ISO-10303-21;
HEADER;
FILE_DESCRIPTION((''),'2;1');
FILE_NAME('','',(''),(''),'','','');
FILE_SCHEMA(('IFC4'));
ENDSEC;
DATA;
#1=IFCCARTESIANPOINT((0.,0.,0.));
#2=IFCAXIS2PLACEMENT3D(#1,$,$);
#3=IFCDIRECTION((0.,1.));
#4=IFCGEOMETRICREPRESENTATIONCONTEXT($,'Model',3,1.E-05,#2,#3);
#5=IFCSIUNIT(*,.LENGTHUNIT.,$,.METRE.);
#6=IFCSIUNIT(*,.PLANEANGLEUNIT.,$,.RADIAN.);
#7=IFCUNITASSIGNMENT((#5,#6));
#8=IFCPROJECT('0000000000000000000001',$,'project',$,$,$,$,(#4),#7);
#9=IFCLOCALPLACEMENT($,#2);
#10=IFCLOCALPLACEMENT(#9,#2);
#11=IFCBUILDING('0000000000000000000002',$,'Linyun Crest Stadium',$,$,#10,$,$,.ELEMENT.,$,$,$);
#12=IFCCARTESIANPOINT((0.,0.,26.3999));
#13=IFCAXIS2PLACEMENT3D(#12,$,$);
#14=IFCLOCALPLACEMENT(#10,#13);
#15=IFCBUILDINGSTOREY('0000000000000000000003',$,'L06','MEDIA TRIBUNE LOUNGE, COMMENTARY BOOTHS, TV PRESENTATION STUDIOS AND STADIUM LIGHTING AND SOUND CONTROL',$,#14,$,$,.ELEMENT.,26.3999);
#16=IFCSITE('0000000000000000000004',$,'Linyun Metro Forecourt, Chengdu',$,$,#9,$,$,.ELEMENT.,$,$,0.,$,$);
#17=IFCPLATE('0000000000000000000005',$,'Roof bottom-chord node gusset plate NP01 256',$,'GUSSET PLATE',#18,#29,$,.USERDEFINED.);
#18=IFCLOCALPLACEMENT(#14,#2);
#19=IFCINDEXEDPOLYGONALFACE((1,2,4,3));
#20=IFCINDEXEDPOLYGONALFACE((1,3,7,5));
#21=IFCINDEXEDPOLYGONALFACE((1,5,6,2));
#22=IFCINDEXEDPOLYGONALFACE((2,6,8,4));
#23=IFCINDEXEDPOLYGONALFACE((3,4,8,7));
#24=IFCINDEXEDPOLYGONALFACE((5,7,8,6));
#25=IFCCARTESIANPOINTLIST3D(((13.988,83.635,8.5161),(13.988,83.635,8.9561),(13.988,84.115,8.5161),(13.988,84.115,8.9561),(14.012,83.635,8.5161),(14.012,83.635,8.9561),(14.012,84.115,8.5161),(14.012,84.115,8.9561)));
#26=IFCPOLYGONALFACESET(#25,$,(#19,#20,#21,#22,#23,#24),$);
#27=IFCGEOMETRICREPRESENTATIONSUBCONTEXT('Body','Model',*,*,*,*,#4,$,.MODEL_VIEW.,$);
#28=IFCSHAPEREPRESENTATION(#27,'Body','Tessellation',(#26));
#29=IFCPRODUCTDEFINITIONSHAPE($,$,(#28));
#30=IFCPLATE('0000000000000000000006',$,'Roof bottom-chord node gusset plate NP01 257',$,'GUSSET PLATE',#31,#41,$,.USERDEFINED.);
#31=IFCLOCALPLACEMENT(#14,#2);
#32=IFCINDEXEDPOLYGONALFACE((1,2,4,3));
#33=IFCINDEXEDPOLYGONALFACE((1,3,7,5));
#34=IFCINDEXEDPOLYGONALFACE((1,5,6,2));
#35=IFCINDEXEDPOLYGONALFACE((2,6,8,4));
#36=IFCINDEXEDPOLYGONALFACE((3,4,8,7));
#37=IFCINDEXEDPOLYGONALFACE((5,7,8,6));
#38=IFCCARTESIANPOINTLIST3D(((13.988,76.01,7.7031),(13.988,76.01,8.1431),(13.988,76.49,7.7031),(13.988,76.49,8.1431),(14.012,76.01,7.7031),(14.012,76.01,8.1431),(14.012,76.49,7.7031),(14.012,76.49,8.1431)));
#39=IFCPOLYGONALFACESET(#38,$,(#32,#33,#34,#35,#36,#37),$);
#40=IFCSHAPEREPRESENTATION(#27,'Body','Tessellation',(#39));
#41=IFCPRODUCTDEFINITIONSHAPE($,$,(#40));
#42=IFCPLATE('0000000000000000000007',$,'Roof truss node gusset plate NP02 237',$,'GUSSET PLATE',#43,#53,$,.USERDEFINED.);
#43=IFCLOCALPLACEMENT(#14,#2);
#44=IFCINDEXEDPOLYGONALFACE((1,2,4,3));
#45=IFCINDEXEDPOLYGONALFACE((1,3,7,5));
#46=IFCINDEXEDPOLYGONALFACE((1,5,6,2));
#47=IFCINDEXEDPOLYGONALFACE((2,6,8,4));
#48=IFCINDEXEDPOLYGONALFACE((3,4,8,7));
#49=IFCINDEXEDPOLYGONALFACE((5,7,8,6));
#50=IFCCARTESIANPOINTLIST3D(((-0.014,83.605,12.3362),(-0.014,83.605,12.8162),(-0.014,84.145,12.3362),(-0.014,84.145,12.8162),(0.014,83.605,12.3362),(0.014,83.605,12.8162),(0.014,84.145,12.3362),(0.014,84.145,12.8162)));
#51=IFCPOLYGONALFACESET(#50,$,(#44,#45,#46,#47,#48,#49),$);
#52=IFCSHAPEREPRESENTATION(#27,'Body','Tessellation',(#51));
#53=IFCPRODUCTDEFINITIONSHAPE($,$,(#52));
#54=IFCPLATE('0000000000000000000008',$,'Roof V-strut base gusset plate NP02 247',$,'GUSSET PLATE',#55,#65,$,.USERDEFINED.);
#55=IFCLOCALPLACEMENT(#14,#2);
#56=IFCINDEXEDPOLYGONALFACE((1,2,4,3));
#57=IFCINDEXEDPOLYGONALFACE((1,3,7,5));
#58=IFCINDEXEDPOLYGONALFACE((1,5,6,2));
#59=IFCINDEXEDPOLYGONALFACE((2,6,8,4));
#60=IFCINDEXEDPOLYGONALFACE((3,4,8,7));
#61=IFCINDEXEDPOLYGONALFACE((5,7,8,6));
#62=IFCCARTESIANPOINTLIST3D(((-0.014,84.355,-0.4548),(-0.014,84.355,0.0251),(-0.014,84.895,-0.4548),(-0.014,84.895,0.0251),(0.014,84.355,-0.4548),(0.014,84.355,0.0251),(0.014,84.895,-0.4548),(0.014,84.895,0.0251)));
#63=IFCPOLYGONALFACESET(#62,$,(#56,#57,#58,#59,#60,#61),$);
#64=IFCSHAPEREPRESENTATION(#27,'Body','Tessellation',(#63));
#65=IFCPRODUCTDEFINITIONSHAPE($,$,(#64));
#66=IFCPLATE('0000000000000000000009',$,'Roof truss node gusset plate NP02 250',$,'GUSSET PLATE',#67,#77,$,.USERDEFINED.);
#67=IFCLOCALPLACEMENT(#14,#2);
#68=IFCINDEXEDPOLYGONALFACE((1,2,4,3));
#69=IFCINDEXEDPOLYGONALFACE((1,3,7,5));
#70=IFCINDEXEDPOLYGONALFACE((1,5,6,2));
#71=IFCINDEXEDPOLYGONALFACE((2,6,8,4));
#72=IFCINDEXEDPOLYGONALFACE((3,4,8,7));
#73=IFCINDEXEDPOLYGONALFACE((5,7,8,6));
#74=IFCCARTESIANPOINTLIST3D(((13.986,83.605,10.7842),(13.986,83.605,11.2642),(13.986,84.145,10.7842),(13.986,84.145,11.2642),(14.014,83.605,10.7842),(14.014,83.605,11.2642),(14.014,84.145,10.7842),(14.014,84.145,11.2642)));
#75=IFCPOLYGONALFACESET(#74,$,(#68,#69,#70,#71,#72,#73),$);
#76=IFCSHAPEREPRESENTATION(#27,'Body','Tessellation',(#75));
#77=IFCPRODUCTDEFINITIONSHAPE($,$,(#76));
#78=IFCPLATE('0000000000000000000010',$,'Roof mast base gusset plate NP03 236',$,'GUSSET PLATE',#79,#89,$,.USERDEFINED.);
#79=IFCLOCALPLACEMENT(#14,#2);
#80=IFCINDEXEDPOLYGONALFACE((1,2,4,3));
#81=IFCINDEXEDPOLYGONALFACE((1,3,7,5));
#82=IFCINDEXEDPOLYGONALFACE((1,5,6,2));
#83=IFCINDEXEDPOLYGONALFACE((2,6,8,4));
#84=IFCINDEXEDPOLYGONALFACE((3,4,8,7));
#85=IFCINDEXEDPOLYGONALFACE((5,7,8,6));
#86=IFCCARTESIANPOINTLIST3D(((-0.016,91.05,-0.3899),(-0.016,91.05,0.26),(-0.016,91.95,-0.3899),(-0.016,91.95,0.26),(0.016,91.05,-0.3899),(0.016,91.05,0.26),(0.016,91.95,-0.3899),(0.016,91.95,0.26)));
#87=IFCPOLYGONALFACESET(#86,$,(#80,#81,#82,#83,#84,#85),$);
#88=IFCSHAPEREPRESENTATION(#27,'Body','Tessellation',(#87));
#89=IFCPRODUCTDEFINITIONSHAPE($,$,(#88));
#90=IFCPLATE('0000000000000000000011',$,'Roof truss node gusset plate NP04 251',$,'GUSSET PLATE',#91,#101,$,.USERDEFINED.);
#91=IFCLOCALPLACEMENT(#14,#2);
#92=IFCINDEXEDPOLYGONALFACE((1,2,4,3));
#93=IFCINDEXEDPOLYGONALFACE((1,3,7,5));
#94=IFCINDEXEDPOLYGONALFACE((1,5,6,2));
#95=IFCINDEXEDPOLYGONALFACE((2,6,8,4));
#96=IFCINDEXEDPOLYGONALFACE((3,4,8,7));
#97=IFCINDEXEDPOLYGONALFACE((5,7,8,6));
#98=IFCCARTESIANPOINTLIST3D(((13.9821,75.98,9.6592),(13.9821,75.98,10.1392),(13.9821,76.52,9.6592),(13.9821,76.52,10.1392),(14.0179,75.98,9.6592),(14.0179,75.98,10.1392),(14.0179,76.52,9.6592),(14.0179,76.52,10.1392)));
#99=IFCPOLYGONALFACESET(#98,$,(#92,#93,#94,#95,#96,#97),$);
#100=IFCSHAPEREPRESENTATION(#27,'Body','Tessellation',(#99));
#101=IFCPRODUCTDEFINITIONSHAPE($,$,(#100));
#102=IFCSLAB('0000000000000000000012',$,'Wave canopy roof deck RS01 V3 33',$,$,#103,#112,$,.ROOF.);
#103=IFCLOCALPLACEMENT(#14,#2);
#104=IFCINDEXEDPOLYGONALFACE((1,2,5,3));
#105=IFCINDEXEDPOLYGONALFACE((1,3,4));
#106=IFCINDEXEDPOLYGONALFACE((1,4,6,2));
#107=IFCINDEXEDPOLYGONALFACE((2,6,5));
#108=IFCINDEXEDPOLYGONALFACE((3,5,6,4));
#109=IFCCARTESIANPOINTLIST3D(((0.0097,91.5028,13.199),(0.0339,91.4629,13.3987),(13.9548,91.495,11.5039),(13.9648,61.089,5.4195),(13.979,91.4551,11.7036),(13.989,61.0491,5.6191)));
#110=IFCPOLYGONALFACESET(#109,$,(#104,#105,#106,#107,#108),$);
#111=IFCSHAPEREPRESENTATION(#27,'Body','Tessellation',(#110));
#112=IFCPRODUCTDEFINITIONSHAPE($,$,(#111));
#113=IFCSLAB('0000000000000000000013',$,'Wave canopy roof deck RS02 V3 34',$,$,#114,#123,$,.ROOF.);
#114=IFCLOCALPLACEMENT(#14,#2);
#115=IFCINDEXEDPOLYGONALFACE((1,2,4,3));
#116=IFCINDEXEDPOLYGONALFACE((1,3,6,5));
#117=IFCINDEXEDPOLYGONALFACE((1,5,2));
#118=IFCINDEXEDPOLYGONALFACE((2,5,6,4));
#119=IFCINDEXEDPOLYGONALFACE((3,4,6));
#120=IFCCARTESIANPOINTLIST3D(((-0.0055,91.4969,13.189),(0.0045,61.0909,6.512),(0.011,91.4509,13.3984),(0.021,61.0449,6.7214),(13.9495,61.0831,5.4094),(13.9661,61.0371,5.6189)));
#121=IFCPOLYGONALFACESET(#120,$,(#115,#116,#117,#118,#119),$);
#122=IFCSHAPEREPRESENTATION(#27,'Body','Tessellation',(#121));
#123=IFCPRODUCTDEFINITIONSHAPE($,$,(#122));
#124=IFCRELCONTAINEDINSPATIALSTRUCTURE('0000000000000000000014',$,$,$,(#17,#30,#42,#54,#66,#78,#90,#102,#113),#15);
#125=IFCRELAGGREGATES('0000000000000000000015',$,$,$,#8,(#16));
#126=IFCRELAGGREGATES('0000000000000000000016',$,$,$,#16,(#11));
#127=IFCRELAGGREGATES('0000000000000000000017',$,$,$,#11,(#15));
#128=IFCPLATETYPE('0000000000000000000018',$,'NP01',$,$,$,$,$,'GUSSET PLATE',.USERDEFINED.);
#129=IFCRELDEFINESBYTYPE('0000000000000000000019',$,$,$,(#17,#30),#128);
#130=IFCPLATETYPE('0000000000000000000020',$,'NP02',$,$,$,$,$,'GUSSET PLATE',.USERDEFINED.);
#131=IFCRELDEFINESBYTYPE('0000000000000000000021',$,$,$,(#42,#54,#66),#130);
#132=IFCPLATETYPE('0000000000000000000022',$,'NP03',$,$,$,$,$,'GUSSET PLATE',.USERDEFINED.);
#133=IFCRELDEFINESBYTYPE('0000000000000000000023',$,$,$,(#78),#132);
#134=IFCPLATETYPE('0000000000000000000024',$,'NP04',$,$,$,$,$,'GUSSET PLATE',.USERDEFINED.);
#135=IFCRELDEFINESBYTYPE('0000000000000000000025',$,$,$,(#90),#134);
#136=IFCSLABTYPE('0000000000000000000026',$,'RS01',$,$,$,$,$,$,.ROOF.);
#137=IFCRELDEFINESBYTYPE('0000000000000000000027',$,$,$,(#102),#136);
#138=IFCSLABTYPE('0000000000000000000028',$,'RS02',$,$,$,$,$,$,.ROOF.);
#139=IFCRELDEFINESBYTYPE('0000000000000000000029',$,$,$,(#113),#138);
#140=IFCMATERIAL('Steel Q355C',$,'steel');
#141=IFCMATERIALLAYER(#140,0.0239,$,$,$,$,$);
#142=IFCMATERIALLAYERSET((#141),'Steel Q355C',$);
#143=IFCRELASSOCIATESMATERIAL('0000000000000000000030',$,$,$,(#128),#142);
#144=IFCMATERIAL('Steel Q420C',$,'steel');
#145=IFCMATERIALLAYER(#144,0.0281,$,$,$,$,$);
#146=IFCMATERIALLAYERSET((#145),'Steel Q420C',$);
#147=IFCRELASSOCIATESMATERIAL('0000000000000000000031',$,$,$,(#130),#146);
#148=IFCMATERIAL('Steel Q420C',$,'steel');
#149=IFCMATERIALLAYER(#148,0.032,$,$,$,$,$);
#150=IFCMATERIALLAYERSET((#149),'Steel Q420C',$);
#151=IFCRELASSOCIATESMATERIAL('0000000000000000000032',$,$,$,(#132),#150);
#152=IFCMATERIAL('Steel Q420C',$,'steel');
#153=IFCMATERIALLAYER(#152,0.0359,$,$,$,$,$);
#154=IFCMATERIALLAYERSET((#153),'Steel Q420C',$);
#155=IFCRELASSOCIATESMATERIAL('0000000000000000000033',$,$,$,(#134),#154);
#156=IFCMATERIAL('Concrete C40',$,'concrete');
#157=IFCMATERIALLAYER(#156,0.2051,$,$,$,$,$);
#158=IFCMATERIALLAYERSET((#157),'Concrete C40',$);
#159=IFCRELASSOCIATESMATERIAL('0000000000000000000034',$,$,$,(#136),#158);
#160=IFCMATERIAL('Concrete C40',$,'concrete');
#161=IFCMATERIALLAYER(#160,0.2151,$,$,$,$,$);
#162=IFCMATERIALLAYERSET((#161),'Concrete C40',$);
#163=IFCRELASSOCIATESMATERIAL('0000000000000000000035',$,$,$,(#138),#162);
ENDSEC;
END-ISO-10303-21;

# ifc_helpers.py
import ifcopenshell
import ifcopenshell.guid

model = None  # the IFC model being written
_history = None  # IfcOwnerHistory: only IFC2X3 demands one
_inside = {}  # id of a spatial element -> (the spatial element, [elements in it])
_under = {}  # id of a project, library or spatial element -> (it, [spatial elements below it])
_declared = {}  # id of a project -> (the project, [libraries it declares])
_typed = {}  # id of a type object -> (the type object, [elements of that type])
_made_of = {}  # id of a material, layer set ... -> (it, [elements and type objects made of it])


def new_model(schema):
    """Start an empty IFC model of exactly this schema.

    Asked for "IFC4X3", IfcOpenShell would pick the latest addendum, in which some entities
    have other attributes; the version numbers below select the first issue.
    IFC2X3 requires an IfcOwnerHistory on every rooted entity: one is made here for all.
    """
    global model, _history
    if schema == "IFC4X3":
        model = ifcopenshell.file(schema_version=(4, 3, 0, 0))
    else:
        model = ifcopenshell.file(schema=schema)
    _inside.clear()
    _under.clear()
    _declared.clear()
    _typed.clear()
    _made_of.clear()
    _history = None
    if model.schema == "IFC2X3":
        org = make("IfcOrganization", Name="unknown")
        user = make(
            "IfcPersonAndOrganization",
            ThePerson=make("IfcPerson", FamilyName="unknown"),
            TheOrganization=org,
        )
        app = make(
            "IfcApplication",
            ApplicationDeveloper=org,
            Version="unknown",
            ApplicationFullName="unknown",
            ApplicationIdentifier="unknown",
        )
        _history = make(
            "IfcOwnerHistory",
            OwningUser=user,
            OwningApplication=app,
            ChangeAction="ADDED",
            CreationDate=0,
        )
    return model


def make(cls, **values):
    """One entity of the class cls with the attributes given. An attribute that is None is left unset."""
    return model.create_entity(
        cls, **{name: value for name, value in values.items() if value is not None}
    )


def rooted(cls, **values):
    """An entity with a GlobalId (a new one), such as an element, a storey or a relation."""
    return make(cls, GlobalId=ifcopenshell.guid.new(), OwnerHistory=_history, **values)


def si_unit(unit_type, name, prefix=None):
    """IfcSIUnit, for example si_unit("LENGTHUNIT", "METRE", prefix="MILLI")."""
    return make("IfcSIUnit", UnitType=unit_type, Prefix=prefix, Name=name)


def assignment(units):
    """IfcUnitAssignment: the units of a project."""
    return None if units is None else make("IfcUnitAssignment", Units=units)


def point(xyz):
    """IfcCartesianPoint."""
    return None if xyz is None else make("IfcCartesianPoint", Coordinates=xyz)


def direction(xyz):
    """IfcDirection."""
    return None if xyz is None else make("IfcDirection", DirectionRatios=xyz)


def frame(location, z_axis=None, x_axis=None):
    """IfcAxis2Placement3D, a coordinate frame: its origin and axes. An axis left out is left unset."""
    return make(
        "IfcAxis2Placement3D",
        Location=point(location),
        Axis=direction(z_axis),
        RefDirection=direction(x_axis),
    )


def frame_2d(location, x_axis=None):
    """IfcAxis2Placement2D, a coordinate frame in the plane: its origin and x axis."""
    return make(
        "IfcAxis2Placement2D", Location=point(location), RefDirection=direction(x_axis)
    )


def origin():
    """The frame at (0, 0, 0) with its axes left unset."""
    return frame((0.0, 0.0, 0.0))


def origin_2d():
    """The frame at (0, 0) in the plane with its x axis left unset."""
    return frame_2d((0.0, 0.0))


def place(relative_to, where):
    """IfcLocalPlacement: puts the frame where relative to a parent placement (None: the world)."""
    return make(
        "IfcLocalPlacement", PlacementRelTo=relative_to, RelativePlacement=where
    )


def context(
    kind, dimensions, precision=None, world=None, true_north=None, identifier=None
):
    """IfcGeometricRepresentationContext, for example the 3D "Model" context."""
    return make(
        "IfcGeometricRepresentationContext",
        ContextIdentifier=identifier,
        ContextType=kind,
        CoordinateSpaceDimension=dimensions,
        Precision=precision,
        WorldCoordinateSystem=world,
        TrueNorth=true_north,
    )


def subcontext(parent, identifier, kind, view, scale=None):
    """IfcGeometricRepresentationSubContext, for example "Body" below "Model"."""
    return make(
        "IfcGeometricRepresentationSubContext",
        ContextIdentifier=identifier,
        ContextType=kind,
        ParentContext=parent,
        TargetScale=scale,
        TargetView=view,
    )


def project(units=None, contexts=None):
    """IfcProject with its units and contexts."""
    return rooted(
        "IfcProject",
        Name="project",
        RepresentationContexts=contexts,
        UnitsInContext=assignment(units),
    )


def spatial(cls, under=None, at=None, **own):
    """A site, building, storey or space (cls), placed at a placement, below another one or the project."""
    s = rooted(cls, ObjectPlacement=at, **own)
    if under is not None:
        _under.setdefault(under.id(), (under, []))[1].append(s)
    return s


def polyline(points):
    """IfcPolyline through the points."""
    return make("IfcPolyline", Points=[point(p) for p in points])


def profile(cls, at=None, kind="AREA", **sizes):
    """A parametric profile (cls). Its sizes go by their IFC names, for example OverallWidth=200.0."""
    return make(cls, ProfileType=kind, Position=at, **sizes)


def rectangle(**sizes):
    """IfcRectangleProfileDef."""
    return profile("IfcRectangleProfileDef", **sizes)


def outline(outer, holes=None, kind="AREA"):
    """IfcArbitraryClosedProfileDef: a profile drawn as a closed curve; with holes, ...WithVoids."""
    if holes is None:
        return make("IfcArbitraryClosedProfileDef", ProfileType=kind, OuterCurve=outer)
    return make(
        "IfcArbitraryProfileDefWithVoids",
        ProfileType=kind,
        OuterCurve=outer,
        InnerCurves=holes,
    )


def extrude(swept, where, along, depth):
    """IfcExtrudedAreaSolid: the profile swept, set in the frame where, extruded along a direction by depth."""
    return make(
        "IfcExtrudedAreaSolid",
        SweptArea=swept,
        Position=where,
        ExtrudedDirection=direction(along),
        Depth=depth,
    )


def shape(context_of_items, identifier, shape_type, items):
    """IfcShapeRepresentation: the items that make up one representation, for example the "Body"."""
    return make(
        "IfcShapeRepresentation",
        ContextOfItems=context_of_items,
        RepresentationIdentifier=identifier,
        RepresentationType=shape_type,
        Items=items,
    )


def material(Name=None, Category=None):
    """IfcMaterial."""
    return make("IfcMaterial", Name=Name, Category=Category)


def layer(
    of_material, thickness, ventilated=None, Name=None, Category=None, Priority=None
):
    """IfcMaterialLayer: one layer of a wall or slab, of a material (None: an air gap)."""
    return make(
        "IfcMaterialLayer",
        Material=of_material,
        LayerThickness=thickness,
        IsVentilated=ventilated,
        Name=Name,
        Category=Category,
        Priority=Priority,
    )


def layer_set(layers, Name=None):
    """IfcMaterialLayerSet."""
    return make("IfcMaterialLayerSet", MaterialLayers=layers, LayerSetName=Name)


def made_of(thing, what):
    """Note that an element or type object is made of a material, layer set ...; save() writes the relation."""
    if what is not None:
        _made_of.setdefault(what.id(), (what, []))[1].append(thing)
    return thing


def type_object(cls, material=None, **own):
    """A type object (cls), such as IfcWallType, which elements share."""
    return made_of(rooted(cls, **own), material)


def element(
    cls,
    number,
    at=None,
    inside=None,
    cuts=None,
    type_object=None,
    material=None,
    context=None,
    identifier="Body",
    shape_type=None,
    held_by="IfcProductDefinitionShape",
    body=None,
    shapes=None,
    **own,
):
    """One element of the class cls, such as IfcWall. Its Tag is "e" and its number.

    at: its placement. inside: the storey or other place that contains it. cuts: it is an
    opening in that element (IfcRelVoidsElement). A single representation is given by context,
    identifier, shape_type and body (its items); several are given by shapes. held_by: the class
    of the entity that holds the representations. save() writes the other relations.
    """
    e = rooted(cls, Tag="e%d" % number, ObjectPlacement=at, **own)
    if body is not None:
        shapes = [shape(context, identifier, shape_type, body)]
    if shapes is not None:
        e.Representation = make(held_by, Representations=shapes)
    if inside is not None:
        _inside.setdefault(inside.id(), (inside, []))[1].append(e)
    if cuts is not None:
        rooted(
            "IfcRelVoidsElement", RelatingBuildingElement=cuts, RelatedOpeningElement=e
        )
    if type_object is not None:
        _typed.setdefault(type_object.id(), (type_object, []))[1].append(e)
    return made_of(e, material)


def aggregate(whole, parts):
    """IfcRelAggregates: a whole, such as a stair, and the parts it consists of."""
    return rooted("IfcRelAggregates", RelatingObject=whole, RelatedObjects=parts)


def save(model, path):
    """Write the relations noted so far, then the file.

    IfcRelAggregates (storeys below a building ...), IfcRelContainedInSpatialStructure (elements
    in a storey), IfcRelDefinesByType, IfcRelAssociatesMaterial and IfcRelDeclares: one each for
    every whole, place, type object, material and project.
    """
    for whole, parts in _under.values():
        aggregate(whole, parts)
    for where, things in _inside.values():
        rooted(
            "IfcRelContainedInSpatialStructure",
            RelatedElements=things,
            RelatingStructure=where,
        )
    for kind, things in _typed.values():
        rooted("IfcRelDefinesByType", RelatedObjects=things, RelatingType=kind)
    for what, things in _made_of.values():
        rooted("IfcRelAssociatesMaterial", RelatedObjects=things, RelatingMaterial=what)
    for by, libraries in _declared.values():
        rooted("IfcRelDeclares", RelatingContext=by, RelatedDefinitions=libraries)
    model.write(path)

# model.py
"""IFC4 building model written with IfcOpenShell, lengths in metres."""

from ifc_helpers import new_model, si_unit, direction, frame, origin, origin_2d, place, context, subcontext, project, spatial, polyline, rectangle, outline, extrude, material, layer, layer_set, type_object, element, save


model = new_model("IFC4")

# Units and contexts
model_context = context("Model", 3, precision=1e-05, world=origin(), true_north=direction((0.0, 1.0)))
body_context = subcontext(model_context, "Body", "Model", "MODEL_VIEW")
ifc_project = project(units=[si_unit("LENGTHUNIT", "METRE"), si_unit("PLANEANGLEUNIT", "RADIAN")], contexts=[model_context])

# Site, building, storey
site_placement = place(None, origin())
site = spatial("IfcSite", under=ifc_project, at=site_placement, Name="Linyun Metro Forecourt, Chengdu", CompositionType="ELEMENT", RefElevation=0.0)
building_placement = place(site_placement, origin())
building = spatial("IfcBuilding", under=site, at=building_placement, Name="Linyun Crest Stadium", CompositionType="ELEMENT")
storey_placement = place(building_placement, frame((0.0, 0.0, 26.3999)))
storey = spatial("IfcBuildingStorey", under=building, at=storey_placement, Name="L06", Description="MEDIA TRIBUNE LOUNGE, COMMENTARY BOOTHS, TV PRESENTATION STUDIOS AND STADIUM LIGHTING AND SOUND CONTROL", CompositionType="ELEMENT", Elevation=26.3999)

# Plates
ifc_material_1 = material(Name="Steel Q355C", Category="steel")
ifc_layer_1 = layer(ifc_material_1, 0.0239)
ifc_layer_set_1 = layer_set([ifc_layer_1], Name="Steel Q355C")
plate_type_1 = type_object("IfcPlateType", Name="NP01", ElementType="GUSSET PLATE", PredefinedType="USERDEFINED", material=ifc_layer_set_1)
for number, where, z_axis, x_axis, name in (
    (1, (14.0, 83.875, 8.5161), (0.0, 0.0, 1.0), (0.0, 1.0, 0.0), "Roof bottom-chord node gusset plate NP01 256"),
    (2, (14.0, 76.25, 7.7031), (0.0, 0.0, 1.0), (0.0, 1.0, 0.0), "Roof bottom-chord node gusset plate NP01 257"),
):
    element("IfcPlate", number, at=place(storey_placement, frame(where, z_axis=z_axis, x_axis=x_axis)), inside=storey, type_object=plate_type_1, Name=name, ObjectType="GUSSET PLATE", PredefinedType="USERDEFINED", context=body_context, shape_type="SweptSolid", body=[
        extrude(rectangle(XDim=0.48, YDim=0.0239, at=origin_2d()), origin(), (0.0, 0.0, 1.0), 0.4399),
    ])
ifc_material_2 = material(Name="Steel Q420C", Category="steel")
ifc_layer_2 = layer(ifc_material_2, 0.0281)
ifc_layer_set_2 = layer_set([ifc_layer_2], Name="Steel Q420C")
plate_type_2 = type_object("IfcPlateType", Name="NP02", ElementType="GUSSET PLATE", PredefinedType="USERDEFINED", material=ifc_layer_set_2)
for number, where, z_axis, x_axis, name in (
    (3, (0.0, 83.875, 12.3362), (0.0, 0.0, 1.0), (0.0, 1.0, 0.0), "Roof truss node gusset plate NP02 237"),
    (4, (0.0, 84.625, -0.4548), (0.0, 0.0, 1.0), (0.0, 1.0, 0.0), "Roof V-strut base gusset plate NP02 247"),
    (5, (14.0, 83.875, 10.7842), (0.0, 0.0, 1.0), (0.0, 1.0, 0.0), "Roof truss node gusset plate NP02 250"),
):
    element("IfcPlate", number, at=place(storey_placement, frame(where, z_axis=z_axis, x_axis=x_axis)), inside=storey, type_object=plate_type_2, Name=name, ObjectType="GUSSET PLATE", PredefinedType="USERDEFINED", context=body_context, shape_type="SweptSolid", body=[
        extrude(rectangle(XDim=0.54, YDim=0.0281, at=origin_2d()), origin(), (0.0, 0.0, 1.0), 0.48),
    ])
ifc_material_3 = material(Name="Steel Q420C", Category="steel")
ifc_layer_3 = layer(ifc_material_3, 0.032)
ifc_layer_set_3 = layer_set([ifc_layer_3], Name="Steel Q420C")
plate_type_3 = type_object("IfcPlateType", Name="NP03", ElementType="GUSSET PLATE", PredefinedType="USERDEFINED", material=ifc_layer_set_3)
plate_1_placement = place(storey_placement, frame((0.0, 91.5, -0.3899), z_axis=(0.0, 0.0, 1.0), x_axis=(0.0, 1.0, 0.0)))
element("IfcPlate", 6, at=plate_1_placement, inside=storey, type_object=plate_type_3, Name="Roof mast base gusset plate NP03 236", ObjectType="GUSSET PLATE", PredefinedType="USERDEFINED", context=body_context, shape_type="SweptSolid", body=[
    extrude(rectangle(XDim=0.8999, YDim=0.032, at=origin_2d()), origin(), (0.0, 0.0, 1.0), 0.6499),
])
ifc_material_4 = material(Name="Steel Q420C", Category="steel")
ifc_layer_4 = layer(ifc_material_4, 0.0359)
ifc_layer_set_4 = layer_set([ifc_layer_4], Name="Steel Q420C")
plate_type_4 = type_object("IfcPlateType", Name="NP04", ElementType="GUSSET PLATE", PredefinedType="USERDEFINED", material=ifc_layer_set_4)
plate_2_placement = place(storey_placement, frame((14.0, 76.25, 9.6592), z_axis=(0.0, 0.0, 1.0), x_axis=(0.0, 1.0, 0.0)))
element("IfcPlate", 7, at=plate_2_placement, inside=storey, type_object=plate_type_4, Name="Roof truss node gusset plate NP04 251", ObjectType="GUSSET PLATE", PredefinedType="USERDEFINED", context=body_context, shape_type="SweptSolid", body=[
    extrude(rectangle(XDim=0.54, YDim=0.0359, at=origin_2d()), origin(), (0.0, 0.0, 1.0), 0.48),
])

# Slabs
ifc_material_5 = material(Name="Concrete C40", Category="concrete")
ifc_layer_5 = layer(ifc_material_5, 0.2051)
ifc_layer_set_5 = layer_set([ifc_layer_5], Name="Concrete C40")
slab_type_1 = type_object("IfcSlabType", Name="RS01", PredefinedType="ROOF", material=ifc_layer_set_5)
slab_1_placement = place(storey_placement, frame((0.0339, 91.4629, 13.3987), z_axis=(0.118246, -0.194804, 0.973689), x_axis=(0.992693, -0.000556, -0.120665)))
element("IfcSlab", 8, at=slab_1_placement, inside=storey, type_object=slab_type_1, Name="Wave canopy roof deck RS01 V3 33", PredefinedType="ROOF", context=body_context, shape_type="SweptSolid", body=[
    extrude(outline(polyline([(0.0, 0.0), (14.0477, 0.0), (14.8087, -30.9995), (0.0, 0.0)])), origin(), (0.0, 0.0, -1.0), 0.2051),
])
ifc_material_6 = material(Name="Concrete C40", Category="concrete")
ifc_layer_6 = layer(ifc_material_6, 0.2151)
ifc_layer_set_6 = layer_set([ifc_layer_6], Name="Concrete C40")
slab_type_2 = type_object("IfcSlabType", Name="RS02", PredefinedType="ROOF", material=ifc_layer_set_6)
slab_2_placement = place(storey_placement, frame((0.011, 91.4509, 13.3984), z_axis=(0.076875, -0.213825, 0.973842), x_axis=(0.406202, -0.885281, -0.226446)))
element("IfcSlab", 9, at=slab_2_placement, inside=storey, type_object=slab_type_2, Name="Wave canopy roof deck RS02 V3 34", PredefinedType="ROOF", context=body_context, shape_type="SweptSolid", body=[
    extrude(outline(polyline([(0.0, 0.0), (34.355, 0.0), (28.4339, -12.6736), (0.0, 0.0)])), origin(), (0.0, 0.0, -1.0), 0.2151),
])

save(model, "model.ifc")
